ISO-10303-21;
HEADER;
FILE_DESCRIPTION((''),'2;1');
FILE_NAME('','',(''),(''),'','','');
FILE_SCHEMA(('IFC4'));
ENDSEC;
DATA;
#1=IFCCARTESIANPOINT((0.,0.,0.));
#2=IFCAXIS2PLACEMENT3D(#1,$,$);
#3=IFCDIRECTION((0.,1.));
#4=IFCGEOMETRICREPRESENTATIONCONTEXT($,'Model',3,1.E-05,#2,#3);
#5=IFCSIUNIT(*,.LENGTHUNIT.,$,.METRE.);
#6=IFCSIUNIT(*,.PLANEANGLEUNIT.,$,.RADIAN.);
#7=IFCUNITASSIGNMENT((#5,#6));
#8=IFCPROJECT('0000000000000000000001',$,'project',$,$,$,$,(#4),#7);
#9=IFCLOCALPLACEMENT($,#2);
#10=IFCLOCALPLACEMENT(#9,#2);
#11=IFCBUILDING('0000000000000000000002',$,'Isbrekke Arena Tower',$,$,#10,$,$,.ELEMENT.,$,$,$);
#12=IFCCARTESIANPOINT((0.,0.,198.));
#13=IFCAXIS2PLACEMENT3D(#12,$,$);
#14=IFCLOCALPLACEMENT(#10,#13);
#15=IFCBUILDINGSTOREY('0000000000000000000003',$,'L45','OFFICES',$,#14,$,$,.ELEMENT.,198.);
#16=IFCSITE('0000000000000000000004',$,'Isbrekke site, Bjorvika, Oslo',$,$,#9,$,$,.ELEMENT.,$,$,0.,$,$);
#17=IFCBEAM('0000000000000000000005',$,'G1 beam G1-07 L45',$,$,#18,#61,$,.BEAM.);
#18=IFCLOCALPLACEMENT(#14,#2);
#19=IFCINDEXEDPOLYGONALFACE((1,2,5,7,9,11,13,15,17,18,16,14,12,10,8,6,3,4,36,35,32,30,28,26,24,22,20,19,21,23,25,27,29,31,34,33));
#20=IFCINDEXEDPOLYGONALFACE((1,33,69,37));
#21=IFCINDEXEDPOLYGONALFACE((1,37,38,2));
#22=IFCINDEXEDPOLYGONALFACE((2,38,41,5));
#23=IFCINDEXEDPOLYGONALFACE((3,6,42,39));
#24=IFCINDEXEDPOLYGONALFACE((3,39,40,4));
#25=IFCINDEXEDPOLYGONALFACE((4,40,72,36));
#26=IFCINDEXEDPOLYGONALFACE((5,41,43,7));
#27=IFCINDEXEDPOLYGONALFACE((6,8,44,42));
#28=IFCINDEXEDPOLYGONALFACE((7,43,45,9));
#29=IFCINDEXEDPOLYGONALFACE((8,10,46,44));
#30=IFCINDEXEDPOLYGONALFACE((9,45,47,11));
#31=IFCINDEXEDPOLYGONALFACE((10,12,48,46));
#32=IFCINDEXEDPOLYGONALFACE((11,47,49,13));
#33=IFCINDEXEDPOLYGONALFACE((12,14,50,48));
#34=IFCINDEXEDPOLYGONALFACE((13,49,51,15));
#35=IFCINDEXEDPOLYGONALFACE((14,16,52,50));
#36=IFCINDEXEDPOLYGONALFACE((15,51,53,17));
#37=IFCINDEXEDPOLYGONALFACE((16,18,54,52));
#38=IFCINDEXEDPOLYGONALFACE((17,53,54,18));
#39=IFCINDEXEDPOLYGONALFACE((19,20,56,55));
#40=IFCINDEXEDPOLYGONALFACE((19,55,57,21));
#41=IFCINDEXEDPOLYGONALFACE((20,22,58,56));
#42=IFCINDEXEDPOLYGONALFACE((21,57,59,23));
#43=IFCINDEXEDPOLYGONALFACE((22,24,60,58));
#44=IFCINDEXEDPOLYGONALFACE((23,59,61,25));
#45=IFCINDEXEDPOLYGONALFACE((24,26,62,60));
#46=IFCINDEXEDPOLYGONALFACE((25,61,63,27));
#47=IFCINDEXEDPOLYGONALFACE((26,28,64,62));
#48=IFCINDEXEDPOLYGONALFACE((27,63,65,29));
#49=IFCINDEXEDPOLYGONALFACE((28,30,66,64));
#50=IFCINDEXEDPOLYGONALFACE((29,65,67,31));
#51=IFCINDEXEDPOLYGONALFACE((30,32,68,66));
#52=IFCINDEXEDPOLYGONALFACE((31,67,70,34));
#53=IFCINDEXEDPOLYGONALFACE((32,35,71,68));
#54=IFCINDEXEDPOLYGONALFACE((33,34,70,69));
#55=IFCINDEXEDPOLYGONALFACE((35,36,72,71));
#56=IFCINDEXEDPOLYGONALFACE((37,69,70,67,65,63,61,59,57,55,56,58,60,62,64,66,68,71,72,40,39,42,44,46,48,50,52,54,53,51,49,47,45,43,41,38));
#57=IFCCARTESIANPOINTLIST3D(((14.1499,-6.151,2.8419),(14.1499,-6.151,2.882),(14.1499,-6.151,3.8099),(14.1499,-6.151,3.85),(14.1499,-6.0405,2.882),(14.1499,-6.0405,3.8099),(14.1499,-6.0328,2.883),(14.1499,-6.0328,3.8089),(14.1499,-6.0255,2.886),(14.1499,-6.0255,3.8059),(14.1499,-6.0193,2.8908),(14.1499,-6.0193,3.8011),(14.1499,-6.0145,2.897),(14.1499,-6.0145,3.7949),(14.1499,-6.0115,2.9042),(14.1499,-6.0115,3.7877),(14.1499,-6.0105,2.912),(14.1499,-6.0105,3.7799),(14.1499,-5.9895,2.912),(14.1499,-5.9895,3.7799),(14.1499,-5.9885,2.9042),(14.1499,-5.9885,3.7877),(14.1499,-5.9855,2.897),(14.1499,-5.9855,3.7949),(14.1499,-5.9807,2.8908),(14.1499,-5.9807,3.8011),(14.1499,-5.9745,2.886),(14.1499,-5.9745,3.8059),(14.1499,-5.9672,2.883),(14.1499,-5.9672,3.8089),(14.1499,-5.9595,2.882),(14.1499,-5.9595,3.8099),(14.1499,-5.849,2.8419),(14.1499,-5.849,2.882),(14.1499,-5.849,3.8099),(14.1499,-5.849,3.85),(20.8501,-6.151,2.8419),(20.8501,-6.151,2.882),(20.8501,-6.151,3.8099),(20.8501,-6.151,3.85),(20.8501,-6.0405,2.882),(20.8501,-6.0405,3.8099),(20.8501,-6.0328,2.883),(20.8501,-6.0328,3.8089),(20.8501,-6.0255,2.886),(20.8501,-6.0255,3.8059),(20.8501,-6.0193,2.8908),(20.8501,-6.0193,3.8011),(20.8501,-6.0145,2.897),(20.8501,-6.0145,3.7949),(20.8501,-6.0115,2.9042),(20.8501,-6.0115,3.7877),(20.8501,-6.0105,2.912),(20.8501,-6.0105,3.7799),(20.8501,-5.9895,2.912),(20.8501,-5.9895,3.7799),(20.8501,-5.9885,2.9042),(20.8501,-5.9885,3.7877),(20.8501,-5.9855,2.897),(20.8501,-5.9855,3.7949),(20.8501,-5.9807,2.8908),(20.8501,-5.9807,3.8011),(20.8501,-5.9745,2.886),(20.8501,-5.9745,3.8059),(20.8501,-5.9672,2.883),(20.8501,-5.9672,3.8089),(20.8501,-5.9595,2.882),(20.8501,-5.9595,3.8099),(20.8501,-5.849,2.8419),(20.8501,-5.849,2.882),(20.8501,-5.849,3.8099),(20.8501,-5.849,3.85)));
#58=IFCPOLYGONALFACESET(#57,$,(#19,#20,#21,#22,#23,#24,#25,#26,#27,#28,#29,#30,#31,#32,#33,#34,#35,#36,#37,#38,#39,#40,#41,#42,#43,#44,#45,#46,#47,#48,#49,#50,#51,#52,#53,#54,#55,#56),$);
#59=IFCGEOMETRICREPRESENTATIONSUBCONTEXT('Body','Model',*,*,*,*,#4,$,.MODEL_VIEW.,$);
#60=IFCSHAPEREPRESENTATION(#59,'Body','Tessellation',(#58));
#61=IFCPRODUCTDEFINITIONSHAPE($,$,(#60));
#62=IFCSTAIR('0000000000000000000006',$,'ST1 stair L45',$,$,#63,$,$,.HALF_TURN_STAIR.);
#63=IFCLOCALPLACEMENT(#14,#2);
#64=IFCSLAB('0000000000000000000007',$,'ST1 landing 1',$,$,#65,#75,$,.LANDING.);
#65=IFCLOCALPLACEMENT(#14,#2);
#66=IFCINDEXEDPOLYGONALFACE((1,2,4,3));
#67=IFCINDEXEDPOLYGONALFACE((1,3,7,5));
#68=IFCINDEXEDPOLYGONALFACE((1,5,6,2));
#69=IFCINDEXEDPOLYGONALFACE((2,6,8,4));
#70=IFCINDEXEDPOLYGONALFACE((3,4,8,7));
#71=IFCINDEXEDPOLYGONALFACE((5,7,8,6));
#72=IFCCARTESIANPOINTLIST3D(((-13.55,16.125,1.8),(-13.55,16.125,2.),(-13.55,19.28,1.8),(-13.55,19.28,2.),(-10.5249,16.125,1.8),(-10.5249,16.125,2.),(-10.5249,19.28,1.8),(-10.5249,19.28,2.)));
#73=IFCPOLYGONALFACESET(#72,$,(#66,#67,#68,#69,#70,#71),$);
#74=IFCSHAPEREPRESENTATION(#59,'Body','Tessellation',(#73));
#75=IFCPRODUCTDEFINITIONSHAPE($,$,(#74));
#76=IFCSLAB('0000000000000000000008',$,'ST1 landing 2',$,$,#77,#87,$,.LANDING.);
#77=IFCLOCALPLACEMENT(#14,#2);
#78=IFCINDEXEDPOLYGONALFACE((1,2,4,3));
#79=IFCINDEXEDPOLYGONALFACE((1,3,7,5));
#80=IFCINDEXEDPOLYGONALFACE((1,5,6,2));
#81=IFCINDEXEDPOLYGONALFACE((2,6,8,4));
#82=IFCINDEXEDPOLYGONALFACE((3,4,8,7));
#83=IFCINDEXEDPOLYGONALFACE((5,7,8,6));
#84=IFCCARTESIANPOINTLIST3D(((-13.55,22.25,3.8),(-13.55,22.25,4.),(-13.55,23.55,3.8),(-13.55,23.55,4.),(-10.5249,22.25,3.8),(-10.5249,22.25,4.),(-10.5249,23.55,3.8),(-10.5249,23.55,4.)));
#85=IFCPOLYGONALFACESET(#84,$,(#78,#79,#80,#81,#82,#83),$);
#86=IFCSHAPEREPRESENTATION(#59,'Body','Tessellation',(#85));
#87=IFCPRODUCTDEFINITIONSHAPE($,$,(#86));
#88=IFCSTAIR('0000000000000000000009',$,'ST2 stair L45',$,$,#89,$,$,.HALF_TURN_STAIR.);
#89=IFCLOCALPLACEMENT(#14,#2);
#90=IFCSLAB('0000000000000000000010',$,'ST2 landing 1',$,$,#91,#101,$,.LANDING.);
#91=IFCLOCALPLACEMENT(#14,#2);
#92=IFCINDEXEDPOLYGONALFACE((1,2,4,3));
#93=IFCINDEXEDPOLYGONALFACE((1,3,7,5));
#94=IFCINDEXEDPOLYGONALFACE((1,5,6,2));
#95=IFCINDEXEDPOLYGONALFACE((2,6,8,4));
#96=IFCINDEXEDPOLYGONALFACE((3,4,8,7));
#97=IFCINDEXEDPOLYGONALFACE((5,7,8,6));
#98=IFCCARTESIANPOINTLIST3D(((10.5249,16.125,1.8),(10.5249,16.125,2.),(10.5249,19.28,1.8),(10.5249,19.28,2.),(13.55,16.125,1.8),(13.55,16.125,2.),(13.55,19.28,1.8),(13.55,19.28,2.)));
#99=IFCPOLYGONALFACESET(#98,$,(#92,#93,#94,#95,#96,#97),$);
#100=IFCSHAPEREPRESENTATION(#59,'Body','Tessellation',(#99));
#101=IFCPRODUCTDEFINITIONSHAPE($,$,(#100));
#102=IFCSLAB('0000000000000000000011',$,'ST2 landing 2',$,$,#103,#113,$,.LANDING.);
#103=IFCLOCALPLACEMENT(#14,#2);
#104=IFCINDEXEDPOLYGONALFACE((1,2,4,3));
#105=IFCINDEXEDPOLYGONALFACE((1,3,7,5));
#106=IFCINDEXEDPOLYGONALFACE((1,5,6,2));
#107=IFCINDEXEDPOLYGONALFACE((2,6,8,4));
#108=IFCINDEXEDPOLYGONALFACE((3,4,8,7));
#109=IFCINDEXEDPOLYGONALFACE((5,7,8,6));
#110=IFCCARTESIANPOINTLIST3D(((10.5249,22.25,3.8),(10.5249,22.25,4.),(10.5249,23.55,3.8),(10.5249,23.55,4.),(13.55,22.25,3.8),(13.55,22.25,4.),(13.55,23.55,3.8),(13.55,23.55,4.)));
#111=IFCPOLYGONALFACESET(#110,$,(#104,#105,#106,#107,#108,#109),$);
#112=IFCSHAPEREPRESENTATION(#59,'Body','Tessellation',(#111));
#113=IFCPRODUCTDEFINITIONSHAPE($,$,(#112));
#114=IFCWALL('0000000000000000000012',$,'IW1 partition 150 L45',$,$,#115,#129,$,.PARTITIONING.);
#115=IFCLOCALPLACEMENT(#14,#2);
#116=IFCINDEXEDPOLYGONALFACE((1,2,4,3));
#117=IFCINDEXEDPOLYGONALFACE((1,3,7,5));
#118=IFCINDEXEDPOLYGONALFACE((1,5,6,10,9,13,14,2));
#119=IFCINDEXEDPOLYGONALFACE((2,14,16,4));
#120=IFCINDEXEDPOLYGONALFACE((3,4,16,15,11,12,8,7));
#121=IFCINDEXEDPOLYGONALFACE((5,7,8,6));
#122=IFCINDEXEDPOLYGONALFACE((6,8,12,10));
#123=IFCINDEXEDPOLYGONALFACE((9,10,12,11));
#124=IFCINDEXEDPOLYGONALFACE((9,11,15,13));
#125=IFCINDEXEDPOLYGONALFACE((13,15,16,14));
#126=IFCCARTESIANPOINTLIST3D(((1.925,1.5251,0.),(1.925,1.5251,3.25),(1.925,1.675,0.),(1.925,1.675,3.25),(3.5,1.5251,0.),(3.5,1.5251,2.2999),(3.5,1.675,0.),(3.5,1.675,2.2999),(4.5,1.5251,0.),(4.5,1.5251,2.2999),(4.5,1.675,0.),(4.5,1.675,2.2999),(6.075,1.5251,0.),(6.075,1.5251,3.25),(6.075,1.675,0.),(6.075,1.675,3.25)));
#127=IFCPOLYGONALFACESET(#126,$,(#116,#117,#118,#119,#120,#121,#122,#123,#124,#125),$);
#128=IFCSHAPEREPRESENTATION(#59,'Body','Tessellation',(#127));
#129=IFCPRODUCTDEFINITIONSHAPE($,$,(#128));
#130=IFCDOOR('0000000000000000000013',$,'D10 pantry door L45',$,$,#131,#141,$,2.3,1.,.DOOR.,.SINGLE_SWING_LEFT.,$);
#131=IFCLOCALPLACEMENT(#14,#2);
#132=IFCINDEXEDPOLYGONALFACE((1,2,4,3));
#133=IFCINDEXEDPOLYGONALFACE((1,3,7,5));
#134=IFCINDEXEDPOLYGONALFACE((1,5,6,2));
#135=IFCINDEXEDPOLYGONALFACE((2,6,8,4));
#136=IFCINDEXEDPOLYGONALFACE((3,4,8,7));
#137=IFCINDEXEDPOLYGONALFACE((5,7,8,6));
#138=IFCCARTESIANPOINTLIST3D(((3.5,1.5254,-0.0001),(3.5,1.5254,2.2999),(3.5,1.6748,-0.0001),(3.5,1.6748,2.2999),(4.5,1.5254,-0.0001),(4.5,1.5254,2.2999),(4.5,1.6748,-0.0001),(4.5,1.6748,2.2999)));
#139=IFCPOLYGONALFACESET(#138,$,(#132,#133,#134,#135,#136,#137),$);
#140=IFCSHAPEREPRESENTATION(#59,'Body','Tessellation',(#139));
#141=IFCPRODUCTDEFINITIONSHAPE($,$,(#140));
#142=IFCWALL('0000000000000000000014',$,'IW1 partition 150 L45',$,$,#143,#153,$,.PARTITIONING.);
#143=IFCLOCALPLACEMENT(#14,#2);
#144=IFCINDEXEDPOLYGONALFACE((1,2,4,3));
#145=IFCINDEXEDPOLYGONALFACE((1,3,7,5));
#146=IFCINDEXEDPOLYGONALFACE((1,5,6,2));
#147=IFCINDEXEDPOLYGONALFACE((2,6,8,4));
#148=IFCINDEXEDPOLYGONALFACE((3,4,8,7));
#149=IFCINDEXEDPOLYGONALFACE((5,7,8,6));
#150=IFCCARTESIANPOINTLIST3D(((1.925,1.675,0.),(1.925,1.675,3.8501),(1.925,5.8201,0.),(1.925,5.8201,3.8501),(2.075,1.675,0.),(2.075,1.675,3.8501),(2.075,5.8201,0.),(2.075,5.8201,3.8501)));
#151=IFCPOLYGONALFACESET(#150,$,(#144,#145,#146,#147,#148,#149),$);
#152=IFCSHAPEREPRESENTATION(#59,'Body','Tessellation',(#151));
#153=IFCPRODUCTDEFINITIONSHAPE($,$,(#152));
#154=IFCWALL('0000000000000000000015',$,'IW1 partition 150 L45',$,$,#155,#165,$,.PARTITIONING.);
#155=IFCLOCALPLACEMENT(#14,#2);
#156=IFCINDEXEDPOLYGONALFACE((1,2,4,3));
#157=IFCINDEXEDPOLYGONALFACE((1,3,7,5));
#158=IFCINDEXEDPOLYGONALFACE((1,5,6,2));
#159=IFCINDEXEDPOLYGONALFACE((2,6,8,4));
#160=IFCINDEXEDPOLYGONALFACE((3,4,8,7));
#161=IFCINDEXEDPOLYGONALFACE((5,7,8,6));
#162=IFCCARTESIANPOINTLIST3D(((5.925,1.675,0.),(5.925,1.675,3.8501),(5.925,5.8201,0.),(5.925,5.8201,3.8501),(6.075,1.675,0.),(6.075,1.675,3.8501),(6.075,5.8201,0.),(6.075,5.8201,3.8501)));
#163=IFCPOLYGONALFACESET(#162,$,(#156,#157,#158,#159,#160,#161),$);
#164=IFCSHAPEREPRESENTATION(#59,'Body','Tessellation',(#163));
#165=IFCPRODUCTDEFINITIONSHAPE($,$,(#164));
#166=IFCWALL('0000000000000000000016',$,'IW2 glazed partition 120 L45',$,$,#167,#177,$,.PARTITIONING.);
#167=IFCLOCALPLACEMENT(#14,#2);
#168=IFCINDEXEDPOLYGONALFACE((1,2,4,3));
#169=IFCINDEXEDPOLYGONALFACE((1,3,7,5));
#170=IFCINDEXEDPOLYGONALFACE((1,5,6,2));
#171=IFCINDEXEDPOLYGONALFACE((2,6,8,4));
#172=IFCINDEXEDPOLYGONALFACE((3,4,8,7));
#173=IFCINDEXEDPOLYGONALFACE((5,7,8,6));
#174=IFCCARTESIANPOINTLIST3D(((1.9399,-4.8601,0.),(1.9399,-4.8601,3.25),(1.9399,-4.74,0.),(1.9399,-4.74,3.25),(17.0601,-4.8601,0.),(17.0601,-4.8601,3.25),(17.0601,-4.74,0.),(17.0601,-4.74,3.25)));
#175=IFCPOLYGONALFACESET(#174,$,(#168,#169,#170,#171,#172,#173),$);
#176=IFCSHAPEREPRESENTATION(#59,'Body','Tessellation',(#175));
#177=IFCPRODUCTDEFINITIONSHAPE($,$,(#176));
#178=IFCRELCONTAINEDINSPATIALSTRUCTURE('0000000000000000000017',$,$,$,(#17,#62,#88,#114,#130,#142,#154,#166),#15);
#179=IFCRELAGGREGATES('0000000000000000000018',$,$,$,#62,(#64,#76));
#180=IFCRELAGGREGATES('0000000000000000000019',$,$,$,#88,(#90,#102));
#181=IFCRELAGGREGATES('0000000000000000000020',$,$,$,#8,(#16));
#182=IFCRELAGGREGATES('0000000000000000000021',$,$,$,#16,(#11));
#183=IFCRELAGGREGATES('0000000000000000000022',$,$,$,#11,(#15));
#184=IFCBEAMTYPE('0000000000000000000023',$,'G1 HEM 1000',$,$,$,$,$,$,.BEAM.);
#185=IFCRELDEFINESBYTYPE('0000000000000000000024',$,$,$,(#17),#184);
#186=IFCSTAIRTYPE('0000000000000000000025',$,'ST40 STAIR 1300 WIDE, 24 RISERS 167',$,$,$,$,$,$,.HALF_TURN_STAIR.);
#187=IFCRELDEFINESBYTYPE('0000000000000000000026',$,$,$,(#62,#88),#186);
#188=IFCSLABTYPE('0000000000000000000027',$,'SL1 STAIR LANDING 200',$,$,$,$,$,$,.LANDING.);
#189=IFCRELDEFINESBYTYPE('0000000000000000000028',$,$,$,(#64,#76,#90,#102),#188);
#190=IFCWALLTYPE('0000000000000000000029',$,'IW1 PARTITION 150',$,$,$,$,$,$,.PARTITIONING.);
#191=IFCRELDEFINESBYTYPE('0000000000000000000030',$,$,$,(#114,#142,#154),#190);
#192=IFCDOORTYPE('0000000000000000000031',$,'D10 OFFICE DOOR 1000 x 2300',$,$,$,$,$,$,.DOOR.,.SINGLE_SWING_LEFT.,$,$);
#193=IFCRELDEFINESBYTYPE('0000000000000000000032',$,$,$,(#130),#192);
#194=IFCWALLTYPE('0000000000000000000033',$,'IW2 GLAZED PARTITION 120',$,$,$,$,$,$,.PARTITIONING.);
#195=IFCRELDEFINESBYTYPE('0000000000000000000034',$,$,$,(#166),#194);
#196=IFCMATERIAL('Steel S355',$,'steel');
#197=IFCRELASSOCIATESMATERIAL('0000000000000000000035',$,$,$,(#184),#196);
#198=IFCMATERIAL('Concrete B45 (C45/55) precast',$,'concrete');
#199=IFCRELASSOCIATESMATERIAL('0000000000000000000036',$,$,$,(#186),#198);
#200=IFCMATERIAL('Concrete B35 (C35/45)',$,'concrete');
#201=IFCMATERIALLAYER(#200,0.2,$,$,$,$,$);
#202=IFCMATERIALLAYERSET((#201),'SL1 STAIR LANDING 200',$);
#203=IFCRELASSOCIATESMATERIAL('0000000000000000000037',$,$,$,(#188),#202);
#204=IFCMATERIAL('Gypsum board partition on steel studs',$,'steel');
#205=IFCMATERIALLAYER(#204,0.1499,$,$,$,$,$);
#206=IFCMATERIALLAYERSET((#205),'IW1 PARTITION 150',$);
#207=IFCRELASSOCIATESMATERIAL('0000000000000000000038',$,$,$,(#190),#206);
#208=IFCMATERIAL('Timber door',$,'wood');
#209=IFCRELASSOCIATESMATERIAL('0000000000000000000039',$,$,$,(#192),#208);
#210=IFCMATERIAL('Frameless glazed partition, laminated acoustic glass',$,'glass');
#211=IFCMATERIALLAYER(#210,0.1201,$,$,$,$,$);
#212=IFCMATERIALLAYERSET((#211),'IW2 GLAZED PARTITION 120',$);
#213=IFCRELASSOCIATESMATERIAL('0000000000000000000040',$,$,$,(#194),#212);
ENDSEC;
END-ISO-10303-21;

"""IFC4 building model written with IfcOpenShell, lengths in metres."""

from ifc_helpers import new_model, si_unit, direction, frame, frame_2d, origin, origin_2d, place, context, subcontext, project, spatial, polyline, rectangle, i_section, outline, extrude, material, layer, layer_set, material_profile, profile_set, type_object, element, fill, aggregate, save


model = new_model("IFC4")

# Units and contexts
model_context = context("Model", 3, precision=1e-05, world=origin(), true_north=direction((0.0, 1.0)))
body_context = subcontext(model_context, "Body", "Model", "MODEL_VIEW")
ifc_project = project(units=[si_unit("LENGTHUNIT", "METRE"), si_unit("PLANEANGLEUNIT", "RADIAN")], contexts=[model_context])

# Site, building, storey
site_placement = place(None, origin())
site = spatial("IfcSite", under=ifc_project, at=site_placement, Name="Isbrekke site, Bjorvika, Oslo", CompositionType="ELEMENT", RefElevation=0.0)
building_placement = place(site_placement, origin())
building = spatial("IfcBuilding", under=site, at=building_placement, Name="Isbrekke Arena Tower", CompositionType="ELEMENT")
storey_placement = place(building_placement, frame((0.0, 0.0, 198.0)))
storey = spatial("IfcBuildingStorey", under=building, at=storey_placement, Name="L45", Description="OFFICES", CompositionType="ELEMENT", Elevation=198.0)

# Beam
ifc_material_1 = material(Name="Steel S355", Category="steel")
ifc_material_profile_1 = material_profile(ifc_material_1, i_section(OverallWidth=0.302, OverallDepth=1.0081, WebThickness=0.021, FlangeThickness=0.04, FilletRadius=0.03, at=origin_2d()), Name="HEM 1000")
ifc_profile_set_1 = profile_set([ifc_material_profile_1], Name="Steel S355")
beam_type_1 = type_object("IfcBeamType", Name="G1 HEM 1000", PredefinedType="BEAM", material=ifc_profile_set_1)
for number, where, z_axis, x_axis, name in (
    (1, (14.1499, -6.0, 3.3459), (1.0, 0.0, 0.0), (0.0, 1.0, 0.0), "G1 beam G1-07 L45"),
):
    element("IfcBeam", number, at=place(storey_placement, frame(where, z_axis=z_axis, x_axis=x_axis)), inside=storey, type_object=beam_type_1, Name=name, PredefinedType="BEAM", context=body_context, shape_type="SweptSolid", body=[
        extrude(i_section(OverallWidth=0.302, OverallDepth=1.0081, WebThickness=0.021, FlangeThickness=0.04, FilletRadius=0.03, at=origin_2d()), origin(), (0.0, 0.0, 1.0), 6.7002),
    ])

# Stairs, slabs
ifc_material_2 = material(Name="Concrete B45 (C45/55) precast", Category="concrete")
stair_type = type_object("IfcStairType", Name="ST40 STAIR 1300 WIDE, 24 RISERS 167", PredefinedType="HALF_TURN_STAIR", material=ifc_material_2)
stair_1_placement = place(storey_placement, origin())
stair_1 = element("IfcStair", 2, at=stair_1_placement, inside=storey, type_object=stair_type, Name="ST1 stair L45", PredefinedType="HALF_TURN_STAIR")
ifc_material_3 = material(Name="Concrete B35 (C35/45)", Category="concrete")
ifc_layer_1 = layer(ifc_material_3, 0.2)
ifc_layer_set_1 = layer_set([ifc_layer_1], Name="SL1 STAIR LANDING 200")
slab_type = type_object("IfcSlabType", Name="SL1 STAIR LANDING 200", PredefinedType="LANDING", material=ifc_layer_set_1)
slab_1_placement = place(storey_placement, frame((0.0, 0.0, 1.8)))
slab_1 = element("IfcSlab", 3, at=slab_1_placement, type_object=slab_type, Name="ST1 landing 1", PredefinedType="LANDING", context=body_context, shape_type="SweptSolid", body=[
    extrude(outline(polyline([(-13.55, 16.125), (-10.5249, 16.125), (-10.5249, 19.28), (-13.55, 19.28), (-13.55, 16.125)])), origin(), (0.0, 0.0, 1.0), 0.2),
])
slab_2_placement = place(storey_placement, frame((0.0, 0.0, 3.8)))
slab_2 = element("IfcSlab", 4, at=slab_2_placement, type_object=slab_type, Name="ST1 landing 2", PredefinedType="LANDING", context=body_context, shape_type="SweptSolid", body=[
    extrude(outline(polyline([(-13.55, 22.25), (-10.5249, 22.25), (-10.5249, 23.55), (-13.55, 23.55), (-13.55, 22.25)])), origin(), (0.0, 0.0, 1.0), 0.2),
])
aggregate(stair_1, [slab_1, slab_2])
stair_2_placement = place(storey_placement, origin())
stair_2 = element("IfcStair", 5, at=stair_2_placement, inside=storey, type_object=stair_type, Name="ST2 stair L45", PredefinedType="HALF_TURN_STAIR")
slab_3_placement = place(storey_placement, frame((0.0, 0.0, 1.8)))
slab_3 = element("IfcSlab", 6, at=slab_3_placement, type_object=slab_type, Name="ST2 landing 1", PredefinedType="LANDING", context=body_context, shape_type="SweptSolid", body=[
    extrude(outline(polyline([(10.5249, 16.125), (13.55, 16.125), (13.55, 19.28), (10.5249, 19.28), (10.5249, 16.125)])), origin(), (0.0, 0.0, 1.0), 0.2),
])
slab_4_placement = place(storey_placement, frame((0.0, 0.0, 3.8)))
slab_4 = element("IfcSlab", 7, at=slab_4_placement, type_object=slab_type, Name="ST2 landing 2", PredefinedType="LANDING", context=body_context, shape_type="SweptSolid", body=[
    extrude(outline(polyline([(10.5249, 22.25), (13.55, 22.25), (13.55, 23.55), (10.5249, 23.55), (10.5249, 22.25)])), origin(), (0.0, 0.0, 1.0), 0.2),
])
aggregate(stair_2, [slab_3, slab_4])

# Wall, opening, door
ifc_material_4 = material(Name="Gypsum board partition on steel studs", Category="steel")
ifc_layer_2 = layer(ifc_material_4, 0.1499)
ifc_layer_set_2 = layer_set([ifc_layer_2], Name="IW1 PARTITION 150")
wall_type_1 = type_object("IfcWallType", Name="IW1 PARTITION 150", PredefinedType="PARTITIONING", material=ifc_layer_set_2)
wall_1_placement = place(storey_placement, frame((1.925, 1.6001, 0.0), z_axis=(0.0, 0.0, 1.0), x_axis=(1.0, 0.0, 0.0)))
wall_1 = element("IfcWall", 8, at=wall_1_placement, inside=storey, type_object=wall_type_1, Name="IW1 partition 150 L45", PredefinedType="PARTITIONING", context=body_context, shape_type="SweptSolid", body=[
    extrude(rectangle(XDim=4.1499, YDim=0.1499, at=frame_2d((2.075, 0.0))), origin(), (0.0, 0.0, 1.0), 3.25),
])
opening_1_placement = place(wall_1_placement, frame((1.575, 0.0, 0.0)))
opening_1 = element("IfcOpeningElement", 9, at=opening_1_placement, cuts=wall_1, PredefinedType="OPENING", context=body_context, shape_type="SweptSolid", body=[
    extrude(rectangle(XDim=1.0, YDim=2.3, at=frame_2d((0.5, 1.1499))), frame((0.0, 0.0898, 0.0), z_axis=(0.0, -1.0, 0.0), x_axis=(1.0, 0.0, 0.0)), (0.0, 0.0, 1.0), 0.1797),
])
ifc_material_5 = material(Name="Timber door", Category="wood")
door_type_1 = type_object("IfcDoorType", Name="D10 OFFICE DOOR 1000 x 2300", OperationType="SINGLE_SWING_LEFT", PredefinedType="DOOR", material=ifc_material_5)
door_1_placement = place(opening_1_placement, origin())
door_1 = element("IfcDoor", 10, at=door_1_placement, inside=storey, type_object=door_type_1, Name="D10 pantry door L45", OperationType="SINGLE_SWING_LEFT", OverallHeight=2.3, OverallWidth=1.0, PredefinedType="DOOR", context=body_context, shape_type="SweptSolid", body=[
    extrude(rectangle(XDim=1.0, YDim=2.3, at=frame_2d((0.5, 1.1499))), frame((0.0, 0.0747, 0.0), z_axis=(0.0, -1.0, 0.0), x_axis=(1.0, 0.0, 0.0)), (0.0, 0.0, 1.0), 0.1494),
])
fill(opening_1, door_1)

# Walls
for number, where, z_axis, x_axis, name in (
    (11, (2.0, 1.675, 0.0), (0.0, 0.0, 1.0), (0.0, 1.0, 0.0), "IW1 partition 150 L45"),
    (12, (6.0, 1.675, 0.0), (0.0, 0.0, 1.0), (0.0, 1.0, 0.0), "IW1 partition 150 L45"),
):
    element("IfcWall", number, at=place(storey_placement, frame(where, z_axis=z_axis, x_axis=x_axis)), inside=storey, type_object=wall_type_1, Name=name, PredefinedType="PARTITIONING", context=body_context, shape_type="SweptSolid", body=[
        extrude(rectangle(XDim=4.145, YDim=0.1499, at=frame_2d((2.0725, 0.0))), origin(), (0.0, 0.0, 1.0), 3.8501),
    ])
ifc_material_6 = material(Name="Frameless glazed partition, laminated acoustic glass", Category="glass")
ifc_layer_3 = layer(ifc_material_6, 0.1201)
ifc_layer_set_3 = layer_set([ifc_layer_3], Name="IW2 GLAZED PARTITION 120")
wall_type_2 = type_object("IfcWallType", Name="IW2 GLAZED PARTITION 120", PredefinedType="PARTITIONING", material=ifc_layer_set_3)
wall_2_placement = place(storey_placement, frame((1.9399, -4.8, 0.0), z_axis=(0.0, 0.0, 1.0), x_axis=(1.0, 0.0, 0.0)))
element("IfcWall", 13, at=wall_2_placement, inside=storey, type_object=wall_type_2, Name="IW2 glazed partition 120 L45", PredefinedType="PARTITIONING", context=body_context, shape_type="SweptSolid", body=[
    extrude(rectangle(XDim=15.1201, YDim=0.1201, at=frame_2d((7.5601, 0.0))), origin(), (0.0, 0.0, 1.0), 3.25),
])

save(model, "model.ifc")
